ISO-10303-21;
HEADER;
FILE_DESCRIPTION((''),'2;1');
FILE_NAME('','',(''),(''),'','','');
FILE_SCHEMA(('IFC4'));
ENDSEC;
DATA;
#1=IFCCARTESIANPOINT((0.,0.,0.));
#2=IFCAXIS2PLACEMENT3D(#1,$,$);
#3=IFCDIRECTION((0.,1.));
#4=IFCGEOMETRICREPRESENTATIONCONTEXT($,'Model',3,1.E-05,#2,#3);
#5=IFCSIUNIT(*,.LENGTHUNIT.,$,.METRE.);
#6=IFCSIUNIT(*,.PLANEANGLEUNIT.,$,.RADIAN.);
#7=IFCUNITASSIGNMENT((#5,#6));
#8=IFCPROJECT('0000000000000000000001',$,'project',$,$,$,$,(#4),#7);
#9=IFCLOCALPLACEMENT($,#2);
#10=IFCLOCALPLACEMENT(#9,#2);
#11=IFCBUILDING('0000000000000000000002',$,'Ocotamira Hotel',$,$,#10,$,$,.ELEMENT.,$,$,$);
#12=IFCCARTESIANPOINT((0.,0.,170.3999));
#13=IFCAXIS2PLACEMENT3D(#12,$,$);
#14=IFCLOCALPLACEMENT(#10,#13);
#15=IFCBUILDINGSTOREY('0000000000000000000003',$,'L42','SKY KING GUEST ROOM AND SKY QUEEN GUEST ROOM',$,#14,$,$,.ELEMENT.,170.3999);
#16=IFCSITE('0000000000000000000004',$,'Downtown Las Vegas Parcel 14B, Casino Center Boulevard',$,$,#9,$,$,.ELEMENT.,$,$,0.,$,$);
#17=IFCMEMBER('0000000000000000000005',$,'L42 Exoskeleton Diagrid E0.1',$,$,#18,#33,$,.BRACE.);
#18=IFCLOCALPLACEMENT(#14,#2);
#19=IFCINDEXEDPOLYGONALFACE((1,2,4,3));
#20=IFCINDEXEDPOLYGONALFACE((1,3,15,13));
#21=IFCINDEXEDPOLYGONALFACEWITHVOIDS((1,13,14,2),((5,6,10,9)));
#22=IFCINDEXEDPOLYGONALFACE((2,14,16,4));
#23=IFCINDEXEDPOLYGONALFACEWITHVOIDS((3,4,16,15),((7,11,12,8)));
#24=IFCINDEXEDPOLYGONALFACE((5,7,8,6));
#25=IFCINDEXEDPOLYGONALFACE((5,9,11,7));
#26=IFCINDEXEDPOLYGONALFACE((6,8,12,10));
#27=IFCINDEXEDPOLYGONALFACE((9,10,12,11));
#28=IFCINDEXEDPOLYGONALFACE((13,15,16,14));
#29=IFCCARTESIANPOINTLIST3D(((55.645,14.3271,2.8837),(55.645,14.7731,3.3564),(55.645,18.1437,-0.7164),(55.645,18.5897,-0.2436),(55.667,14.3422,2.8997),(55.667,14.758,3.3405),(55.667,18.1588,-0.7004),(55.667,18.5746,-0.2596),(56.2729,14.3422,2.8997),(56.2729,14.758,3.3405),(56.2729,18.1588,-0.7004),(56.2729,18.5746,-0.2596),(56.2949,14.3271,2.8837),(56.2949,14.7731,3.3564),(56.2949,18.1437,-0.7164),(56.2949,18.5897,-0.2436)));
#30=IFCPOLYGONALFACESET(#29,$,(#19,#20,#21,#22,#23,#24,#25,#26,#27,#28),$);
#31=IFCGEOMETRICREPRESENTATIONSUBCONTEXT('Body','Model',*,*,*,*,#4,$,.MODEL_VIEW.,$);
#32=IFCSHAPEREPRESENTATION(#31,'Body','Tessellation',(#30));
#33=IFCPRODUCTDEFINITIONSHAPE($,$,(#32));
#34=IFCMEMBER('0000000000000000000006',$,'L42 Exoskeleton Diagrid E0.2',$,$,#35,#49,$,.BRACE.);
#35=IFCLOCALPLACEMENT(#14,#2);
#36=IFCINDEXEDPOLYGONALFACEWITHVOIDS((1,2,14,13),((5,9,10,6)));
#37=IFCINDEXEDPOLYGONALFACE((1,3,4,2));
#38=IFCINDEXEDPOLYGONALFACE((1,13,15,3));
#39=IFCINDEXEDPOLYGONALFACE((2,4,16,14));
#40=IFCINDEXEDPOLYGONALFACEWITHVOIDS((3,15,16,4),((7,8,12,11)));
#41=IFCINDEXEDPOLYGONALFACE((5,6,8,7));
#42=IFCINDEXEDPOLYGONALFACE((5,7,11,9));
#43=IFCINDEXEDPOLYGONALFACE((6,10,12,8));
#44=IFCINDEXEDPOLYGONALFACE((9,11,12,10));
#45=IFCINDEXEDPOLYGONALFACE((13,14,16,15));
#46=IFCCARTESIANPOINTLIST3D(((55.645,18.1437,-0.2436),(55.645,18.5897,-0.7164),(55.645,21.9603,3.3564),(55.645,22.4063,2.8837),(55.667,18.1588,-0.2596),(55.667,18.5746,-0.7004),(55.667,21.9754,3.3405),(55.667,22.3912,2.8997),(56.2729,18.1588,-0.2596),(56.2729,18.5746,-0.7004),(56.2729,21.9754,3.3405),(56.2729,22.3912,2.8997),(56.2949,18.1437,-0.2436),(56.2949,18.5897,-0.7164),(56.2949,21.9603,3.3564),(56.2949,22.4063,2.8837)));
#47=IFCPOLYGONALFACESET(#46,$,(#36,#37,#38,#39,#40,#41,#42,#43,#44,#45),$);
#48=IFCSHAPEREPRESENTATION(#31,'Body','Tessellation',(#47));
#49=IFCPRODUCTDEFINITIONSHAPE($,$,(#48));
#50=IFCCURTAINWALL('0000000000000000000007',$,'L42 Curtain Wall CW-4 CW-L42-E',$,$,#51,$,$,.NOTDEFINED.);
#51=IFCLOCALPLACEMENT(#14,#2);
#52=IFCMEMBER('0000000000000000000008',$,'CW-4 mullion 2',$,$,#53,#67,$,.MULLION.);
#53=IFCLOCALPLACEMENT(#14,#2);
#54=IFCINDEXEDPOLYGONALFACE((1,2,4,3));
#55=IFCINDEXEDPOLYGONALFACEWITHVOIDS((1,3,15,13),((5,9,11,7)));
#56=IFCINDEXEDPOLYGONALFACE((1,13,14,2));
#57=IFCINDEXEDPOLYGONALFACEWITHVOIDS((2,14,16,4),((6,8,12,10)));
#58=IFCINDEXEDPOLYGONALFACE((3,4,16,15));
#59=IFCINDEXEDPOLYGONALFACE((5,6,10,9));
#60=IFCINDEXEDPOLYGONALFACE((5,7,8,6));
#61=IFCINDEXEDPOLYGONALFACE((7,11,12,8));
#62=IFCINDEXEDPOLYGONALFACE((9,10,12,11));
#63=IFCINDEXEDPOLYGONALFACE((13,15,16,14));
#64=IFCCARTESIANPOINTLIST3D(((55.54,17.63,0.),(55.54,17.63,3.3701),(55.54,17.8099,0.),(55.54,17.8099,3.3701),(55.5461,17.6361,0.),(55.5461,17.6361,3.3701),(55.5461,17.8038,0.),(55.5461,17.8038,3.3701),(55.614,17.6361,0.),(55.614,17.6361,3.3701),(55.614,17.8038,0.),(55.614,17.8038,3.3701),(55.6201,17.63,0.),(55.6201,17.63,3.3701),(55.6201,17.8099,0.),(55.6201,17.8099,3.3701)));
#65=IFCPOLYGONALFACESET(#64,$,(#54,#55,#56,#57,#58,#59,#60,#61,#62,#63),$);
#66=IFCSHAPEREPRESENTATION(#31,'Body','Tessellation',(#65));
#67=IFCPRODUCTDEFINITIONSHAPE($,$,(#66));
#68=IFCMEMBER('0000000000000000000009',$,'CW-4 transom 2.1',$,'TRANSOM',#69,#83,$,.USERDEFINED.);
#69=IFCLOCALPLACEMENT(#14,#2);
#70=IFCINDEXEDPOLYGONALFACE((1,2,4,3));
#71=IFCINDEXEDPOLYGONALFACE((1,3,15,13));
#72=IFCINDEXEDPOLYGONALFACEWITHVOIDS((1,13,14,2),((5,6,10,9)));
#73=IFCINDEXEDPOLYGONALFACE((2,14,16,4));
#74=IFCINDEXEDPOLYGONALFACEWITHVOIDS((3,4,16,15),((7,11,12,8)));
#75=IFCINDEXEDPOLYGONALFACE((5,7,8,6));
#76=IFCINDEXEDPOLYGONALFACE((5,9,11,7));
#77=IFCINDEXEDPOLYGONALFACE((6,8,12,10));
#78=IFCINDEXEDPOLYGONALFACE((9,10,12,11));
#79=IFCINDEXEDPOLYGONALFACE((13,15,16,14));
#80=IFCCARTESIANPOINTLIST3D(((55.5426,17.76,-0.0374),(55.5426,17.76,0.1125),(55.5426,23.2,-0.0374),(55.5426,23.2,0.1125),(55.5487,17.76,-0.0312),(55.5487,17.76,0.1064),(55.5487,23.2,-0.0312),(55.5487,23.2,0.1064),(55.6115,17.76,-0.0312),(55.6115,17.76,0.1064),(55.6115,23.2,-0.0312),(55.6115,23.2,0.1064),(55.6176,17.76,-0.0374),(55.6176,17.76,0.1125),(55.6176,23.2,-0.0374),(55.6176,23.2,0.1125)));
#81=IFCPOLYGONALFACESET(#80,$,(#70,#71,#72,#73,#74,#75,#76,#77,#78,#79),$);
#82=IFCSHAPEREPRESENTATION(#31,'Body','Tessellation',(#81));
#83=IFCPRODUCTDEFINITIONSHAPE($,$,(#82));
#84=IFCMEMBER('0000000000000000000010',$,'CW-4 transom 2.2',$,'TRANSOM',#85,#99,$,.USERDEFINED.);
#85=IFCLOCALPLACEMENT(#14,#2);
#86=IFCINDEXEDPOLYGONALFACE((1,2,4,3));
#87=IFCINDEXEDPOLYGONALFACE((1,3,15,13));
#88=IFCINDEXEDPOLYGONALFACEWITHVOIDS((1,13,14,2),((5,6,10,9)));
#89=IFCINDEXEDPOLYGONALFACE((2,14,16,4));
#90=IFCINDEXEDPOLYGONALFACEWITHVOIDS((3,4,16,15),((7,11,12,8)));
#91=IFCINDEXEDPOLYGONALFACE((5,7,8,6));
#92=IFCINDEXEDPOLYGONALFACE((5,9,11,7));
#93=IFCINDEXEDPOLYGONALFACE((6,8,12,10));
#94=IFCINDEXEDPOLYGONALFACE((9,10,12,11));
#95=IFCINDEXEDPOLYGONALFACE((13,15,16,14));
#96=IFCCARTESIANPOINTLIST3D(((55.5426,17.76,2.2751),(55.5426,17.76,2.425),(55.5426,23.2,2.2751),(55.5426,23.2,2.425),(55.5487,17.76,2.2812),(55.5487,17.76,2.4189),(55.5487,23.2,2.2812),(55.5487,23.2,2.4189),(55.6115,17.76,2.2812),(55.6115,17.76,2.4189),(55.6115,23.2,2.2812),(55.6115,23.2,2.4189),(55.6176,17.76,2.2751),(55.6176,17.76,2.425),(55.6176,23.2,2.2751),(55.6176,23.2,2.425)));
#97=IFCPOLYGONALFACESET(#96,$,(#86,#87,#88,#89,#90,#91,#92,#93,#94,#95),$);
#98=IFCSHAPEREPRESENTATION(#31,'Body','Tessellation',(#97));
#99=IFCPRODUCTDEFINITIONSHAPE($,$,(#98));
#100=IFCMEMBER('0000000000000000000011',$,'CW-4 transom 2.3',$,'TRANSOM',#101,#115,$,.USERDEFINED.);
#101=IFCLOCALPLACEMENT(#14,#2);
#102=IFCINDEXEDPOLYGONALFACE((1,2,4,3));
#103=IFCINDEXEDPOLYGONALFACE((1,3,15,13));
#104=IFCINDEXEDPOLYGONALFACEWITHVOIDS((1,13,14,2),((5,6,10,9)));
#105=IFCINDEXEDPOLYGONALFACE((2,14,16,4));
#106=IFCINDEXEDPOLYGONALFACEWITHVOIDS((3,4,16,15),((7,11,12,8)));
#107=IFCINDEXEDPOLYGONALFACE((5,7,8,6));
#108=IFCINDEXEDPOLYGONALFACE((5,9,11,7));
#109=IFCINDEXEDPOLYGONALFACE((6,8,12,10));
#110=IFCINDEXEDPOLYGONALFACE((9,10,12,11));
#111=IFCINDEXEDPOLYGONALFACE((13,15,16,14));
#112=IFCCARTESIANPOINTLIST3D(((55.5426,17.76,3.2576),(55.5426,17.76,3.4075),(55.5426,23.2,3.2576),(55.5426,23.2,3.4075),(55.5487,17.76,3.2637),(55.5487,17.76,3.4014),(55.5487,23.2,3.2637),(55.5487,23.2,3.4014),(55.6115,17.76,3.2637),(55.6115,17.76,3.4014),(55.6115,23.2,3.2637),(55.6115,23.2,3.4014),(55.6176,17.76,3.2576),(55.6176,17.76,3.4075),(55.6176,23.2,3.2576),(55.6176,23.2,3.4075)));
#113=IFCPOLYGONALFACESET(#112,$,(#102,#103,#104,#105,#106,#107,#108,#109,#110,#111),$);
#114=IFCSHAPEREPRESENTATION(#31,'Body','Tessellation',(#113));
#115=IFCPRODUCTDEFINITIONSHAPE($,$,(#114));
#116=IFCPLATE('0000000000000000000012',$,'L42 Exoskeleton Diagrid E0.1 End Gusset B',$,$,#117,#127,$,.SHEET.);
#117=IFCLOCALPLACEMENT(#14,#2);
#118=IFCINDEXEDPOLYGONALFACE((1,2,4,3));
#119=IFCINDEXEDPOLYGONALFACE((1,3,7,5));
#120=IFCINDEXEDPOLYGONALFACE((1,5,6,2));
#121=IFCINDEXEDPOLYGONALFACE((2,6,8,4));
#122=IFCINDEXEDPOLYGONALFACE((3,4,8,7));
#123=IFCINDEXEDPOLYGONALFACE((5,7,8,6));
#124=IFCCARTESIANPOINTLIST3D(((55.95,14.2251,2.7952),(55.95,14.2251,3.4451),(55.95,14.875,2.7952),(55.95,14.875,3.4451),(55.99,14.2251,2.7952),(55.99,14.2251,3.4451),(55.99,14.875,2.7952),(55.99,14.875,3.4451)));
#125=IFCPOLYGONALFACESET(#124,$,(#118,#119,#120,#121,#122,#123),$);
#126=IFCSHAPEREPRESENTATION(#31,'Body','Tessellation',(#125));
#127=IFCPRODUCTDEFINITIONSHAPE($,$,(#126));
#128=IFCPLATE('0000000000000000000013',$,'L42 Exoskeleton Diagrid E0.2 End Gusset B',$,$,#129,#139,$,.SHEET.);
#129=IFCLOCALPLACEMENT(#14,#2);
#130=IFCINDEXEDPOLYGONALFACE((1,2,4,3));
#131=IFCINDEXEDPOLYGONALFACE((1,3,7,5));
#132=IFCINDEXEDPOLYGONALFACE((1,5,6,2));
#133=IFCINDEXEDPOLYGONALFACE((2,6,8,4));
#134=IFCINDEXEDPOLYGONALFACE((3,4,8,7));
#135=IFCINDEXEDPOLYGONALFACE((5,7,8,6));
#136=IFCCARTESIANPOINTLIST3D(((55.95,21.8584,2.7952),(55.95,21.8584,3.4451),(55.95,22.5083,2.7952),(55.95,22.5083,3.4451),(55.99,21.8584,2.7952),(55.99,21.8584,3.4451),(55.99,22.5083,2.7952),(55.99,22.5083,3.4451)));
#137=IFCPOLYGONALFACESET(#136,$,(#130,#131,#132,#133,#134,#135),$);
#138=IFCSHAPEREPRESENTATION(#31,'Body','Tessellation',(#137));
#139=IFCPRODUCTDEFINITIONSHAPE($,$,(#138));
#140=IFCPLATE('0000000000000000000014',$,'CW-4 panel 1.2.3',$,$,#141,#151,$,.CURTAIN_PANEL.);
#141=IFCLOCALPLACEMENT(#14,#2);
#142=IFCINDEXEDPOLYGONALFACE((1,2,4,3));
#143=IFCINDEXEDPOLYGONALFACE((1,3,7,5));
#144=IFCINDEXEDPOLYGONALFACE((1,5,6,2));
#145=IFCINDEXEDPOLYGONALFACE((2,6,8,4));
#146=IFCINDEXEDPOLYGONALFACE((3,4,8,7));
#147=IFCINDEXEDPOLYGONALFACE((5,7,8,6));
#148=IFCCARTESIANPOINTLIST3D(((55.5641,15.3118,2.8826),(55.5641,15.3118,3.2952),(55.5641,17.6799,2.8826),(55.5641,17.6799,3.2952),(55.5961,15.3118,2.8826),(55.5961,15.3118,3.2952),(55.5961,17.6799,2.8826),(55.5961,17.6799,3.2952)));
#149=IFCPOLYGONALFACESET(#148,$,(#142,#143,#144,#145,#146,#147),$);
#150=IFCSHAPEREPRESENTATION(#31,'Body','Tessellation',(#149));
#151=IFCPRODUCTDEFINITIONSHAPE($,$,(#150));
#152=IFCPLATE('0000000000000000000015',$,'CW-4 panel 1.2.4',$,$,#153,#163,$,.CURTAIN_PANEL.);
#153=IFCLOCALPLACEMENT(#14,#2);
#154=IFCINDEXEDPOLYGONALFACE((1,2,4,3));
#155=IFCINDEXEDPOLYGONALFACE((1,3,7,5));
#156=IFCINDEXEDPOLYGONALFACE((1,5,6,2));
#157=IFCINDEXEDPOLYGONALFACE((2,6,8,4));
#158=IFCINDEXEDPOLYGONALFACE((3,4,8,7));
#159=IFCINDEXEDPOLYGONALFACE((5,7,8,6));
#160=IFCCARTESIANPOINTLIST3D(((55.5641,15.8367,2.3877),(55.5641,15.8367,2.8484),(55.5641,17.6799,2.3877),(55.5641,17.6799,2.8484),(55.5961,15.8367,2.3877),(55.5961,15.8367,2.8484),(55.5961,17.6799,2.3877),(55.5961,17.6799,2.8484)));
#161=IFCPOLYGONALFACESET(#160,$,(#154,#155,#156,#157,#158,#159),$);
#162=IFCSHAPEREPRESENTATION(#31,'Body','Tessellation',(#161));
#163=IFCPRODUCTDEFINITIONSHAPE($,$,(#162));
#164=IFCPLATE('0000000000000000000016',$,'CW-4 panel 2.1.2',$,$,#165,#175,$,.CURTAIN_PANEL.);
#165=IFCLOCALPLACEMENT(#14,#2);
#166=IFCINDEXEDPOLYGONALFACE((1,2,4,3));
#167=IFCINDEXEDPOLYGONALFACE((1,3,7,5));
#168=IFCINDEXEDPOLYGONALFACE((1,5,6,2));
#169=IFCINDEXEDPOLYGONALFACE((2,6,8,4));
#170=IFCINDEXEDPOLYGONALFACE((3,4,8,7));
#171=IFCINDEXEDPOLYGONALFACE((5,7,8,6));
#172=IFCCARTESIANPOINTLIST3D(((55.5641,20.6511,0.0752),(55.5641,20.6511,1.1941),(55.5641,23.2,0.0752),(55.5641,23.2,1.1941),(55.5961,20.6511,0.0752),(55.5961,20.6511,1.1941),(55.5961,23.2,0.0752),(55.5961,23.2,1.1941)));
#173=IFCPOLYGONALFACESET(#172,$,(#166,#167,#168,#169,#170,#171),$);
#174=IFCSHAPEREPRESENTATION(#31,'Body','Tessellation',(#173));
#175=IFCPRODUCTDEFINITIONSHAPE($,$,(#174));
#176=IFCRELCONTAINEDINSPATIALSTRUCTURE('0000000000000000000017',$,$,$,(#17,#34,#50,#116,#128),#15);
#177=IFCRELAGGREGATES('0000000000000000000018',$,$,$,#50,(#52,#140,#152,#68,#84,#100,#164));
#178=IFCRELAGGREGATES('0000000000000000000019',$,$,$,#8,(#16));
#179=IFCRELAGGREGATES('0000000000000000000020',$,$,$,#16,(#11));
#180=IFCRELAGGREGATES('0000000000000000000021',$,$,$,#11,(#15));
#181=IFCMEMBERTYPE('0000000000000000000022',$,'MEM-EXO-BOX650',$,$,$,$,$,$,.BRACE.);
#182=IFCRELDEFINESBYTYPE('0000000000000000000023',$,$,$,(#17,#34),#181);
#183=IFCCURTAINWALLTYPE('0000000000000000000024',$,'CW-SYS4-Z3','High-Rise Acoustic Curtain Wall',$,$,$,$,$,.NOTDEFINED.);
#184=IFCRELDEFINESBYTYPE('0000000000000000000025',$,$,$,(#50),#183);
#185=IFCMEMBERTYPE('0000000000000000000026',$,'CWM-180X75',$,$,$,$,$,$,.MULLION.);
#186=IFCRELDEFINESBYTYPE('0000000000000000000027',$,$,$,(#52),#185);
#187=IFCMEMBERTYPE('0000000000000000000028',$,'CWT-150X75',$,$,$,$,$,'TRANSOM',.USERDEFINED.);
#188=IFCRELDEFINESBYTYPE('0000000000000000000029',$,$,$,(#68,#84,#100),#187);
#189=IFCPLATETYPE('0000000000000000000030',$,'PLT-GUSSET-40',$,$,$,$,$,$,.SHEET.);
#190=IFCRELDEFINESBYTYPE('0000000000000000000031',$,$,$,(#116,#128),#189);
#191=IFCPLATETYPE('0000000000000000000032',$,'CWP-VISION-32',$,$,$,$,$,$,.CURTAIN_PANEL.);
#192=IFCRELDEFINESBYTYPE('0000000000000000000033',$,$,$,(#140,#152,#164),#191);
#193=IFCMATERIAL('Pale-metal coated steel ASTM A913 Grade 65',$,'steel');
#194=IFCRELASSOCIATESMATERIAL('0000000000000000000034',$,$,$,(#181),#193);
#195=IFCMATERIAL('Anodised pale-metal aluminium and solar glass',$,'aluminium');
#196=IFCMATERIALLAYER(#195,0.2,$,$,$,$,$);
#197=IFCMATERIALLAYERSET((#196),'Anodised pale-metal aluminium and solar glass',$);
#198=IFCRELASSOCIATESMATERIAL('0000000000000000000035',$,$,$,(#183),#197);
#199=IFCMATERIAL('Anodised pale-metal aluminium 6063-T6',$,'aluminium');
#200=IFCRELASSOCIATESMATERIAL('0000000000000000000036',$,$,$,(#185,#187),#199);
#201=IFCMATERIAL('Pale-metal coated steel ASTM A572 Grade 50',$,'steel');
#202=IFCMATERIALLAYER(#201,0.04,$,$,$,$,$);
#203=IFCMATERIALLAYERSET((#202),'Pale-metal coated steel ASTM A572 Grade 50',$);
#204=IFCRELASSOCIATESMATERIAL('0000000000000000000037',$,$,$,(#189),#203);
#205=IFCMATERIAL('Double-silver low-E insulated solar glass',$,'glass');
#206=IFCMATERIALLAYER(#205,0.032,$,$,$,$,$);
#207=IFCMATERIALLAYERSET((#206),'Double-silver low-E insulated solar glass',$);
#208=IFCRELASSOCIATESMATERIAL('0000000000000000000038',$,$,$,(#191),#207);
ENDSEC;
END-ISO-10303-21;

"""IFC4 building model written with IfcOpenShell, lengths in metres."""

from ifc_helpers import new_model, si_unit, direction, frame, origin, origin_2d, place, context, subcontext, project, spatial, rectangle, hollow_rectangle, extrude, source, transform, mapped, material, layer, layer_set, material_profile, profile_set, type_object, element, aggregate, save


model = new_model("IFC4")

# Units and contexts
model_context = context("Model", 3, precision=1e-05, world=origin(), true_north=direction((0.0, 1.0)))
body_context = subcontext(model_context, "Body", "Model", "MODEL_VIEW")
ifc_project = project(units=[si_unit("LENGTHUNIT", "METRE"), si_unit("PLANEANGLEUNIT", "RADIAN")], contexts=[model_context])

# Site, building, storey
site_placement = place(None, origin())
site = spatial("IfcSite", under=ifc_project, at=site_placement, Name="Downtown Las Vegas Parcel 14B, Casino Center Boulevard", CompositionType="ELEMENT", RefElevation=0.0)
building_placement = place(site_placement, origin())
building = spatial("IfcBuilding", under=site, at=building_placement, Name="Ocotamira Hotel", CompositionType="ELEMENT")
storey_placement = place(building_placement, frame((0.0, 0.0, 170.3999)))
storey = spatial("IfcBuildingStorey", under=building, at=storey_placement, Name="L42", Description="SKY KING GUEST ROOM AND SKY QUEEN GUEST ROOM", CompositionType="ELEMENT", Elevation=170.3999)

# Members
ifc_material_1 = material(Name="Pale-metal coated steel ASTM A913 Grade 65", Category="steel")
ifc_material_profile_1 = material_profile(ifc_material_1, hollow_rectangle(XDim=0.6499, YDim=0.6499, WallThickness=0.022, at=origin_2d()), Name="BOX650X650X22")
ifc_profile_set_1 = profile_set([ifc_material_profile_1], Name="Pale-metal coated steel ASTM A913 Grade 65")
member_type_1 = type_object("IfcMemberType", Name="MEM-EXO-BOX650", PredefinedType="BRACE", material=ifc_profile_set_1)
shared_shape_1 = source(origin(), body_context, "Body", "SweptSolid", [
    extrude(hollow_rectangle(XDim=0.6499, YDim=0.6499, WallThickness=0.022, at=origin_2d()), origin(), (0.0, 0.0, 1.0), 5.2466),
])
for number, where, z_axis, x_axis, name in (
    (1, (55.97, 18.3667, -0.48), (0.0, -0.727443, 0.686168), (1.0, 0.0, 0.0), "L42 Exoskeleton Diagrid E0.1"),
    (2, (55.97, 18.3667, -0.48), (0.0, 0.727443, 0.686168), (-1.0, 0.0, 0.0), "L42 Exoskeleton Diagrid E0.2"),
):
    element("IfcMember", number, at=place(storey_placement, frame(where, z_axis=z_axis, x_axis=x_axis)), inside=storey, type_object=member_type_1, Name=name, PredefinedType="BRACE", context=body_context, shape_type="MappedRepresentation", body=[
        mapped(shared_shape_1, transform((0.0, 0.0, 0.0), scale=1.0)),
    ])

# Curtain wall, members
ifc_material_2 = material(Name="Anodised pale-metal aluminium and solar glass", Category="aluminium")
ifc_layer_1 = layer(ifc_material_2, 0.2)
ifc_layer_set_1 = layer_set([ifc_layer_1], Name="Anodised pale-metal aluminium and solar glass")
curtain_wall_type = type_object("IfcCurtainWallType", Name="CW-SYS4-Z3", Description="High-Rise Acoustic Curtain Wall", PredefinedType="NOTDEFINED", material=ifc_layer_set_1)
curtain_wall_placement = place(storey_placement, origin())
curtain_wall = element("IfcCurtainWall", 3, at=curtain_wall_placement, inside=storey, type_object=curtain_wall_type, Name="L42 Curtain Wall CW-4 CW-L42-E", PredefinedType="NOTDEFINED")
ifc_material_3 = material(Name="Anodised pale-metal aluminium 6063-T6", Category="aluminium")
ifc_material_profile_2 = material_profile(ifc_material_3, hollow_rectangle(XDim=0.0801, YDim=0.1799, WallThickness=0.0061, at=origin_2d()), Name="HSS180X80X6")
ifc_profile_set_2 = profile_set([ifc_material_profile_2], Name="Anodised pale-metal aluminium 6063-T6")
member_type_2 = type_object("IfcMemberType", Name="CWM-180X75", PredefinedType="MULLION", material=ifc_profile_set_2)
shared_shape_2 = source(origin(), body_context, "Body", "SweptSolid", [
    extrude(hollow_rectangle(XDim=0.0801, YDim=0.1799, WallThickness=0.0061, at=origin_2d()), origin(), (0.0, 0.0, 1.0), 3.3701),
])
member_1_placement = place(storey_placement, frame((55.5801, 17.72, 0.0), z_axis=(0.0, 0.0, 1.0), x_axis=(-1.0, 0.0, 0.0)))
member_1 = element("IfcMember", 4, at=member_1_placement, type_object=member_type_2, Name="CW-4 mullion 2", PredefinedType="MULLION", context=body_context, shape_type="MappedRepresentation", body=[
    mapped(shared_shape_2, transform((0.0, 0.0, 0.0), scale=1.0)),
])
ifc_material_profile_3 = material_profile(ifc_material_3, hollow_rectangle(XDim=0.075, YDim=0.1499, WallThickness=0.0061, at=origin_2d()), Name="HSS150X75X6")
ifc_profile_set_3 = profile_set([ifc_material_profile_3], Name="Anodised pale-metal aluminium 6063-T6")
member_type_3 = type_object("IfcMemberType", Name="CWT-150X75", ElementType="TRANSOM", PredefinedType="USERDEFINED", material=ifc_profile_set_3)
shared_shape_3 = source(origin(), body_context, "Body", "SweptSolid", [
    extrude(hollow_rectangle(XDim=0.075, YDim=0.1499, WallThickness=0.0061, at=origin_2d()), origin(), (0.0, 0.0, 1.0), 5.4399),
])
member_2_placement = place(storey_placement, frame((55.5801, 17.76, 0.0376), z_axis=(0.0, 1.0, 0.0), x_axis=(-1.0, 0.0, 0.0)))
member_2 = element("IfcMember", 5, at=member_2_placement, type_object=member_type_3, Name="CW-4 transom 2.1", ObjectType="TRANSOM", PredefinedType="USERDEFINED", context=body_context, shape_type="MappedRepresentation", body=[
    mapped(shared_shape_3, transform((0.0, 0.0, 0.0), scale=1.0)),
])
member_3_placement = place(storey_placement, frame((55.5801, 17.76, 2.3501), z_axis=(0.0, 1.0, 0.0), x_axis=(-1.0, 0.0, 0.0)))
member_3 = element("IfcMember", 6, at=member_3_placement, type_object=member_type_3, Name="CW-4 transom 2.2", ObjectType="TRANSOM", PredefinedType="USERDEFINED", context=body_context, shape_type="MappedRepresentation", body=[
    mapped(shared_shape_3, transform((0.0, 0.0, 0.0), scale=1.0)),
])
member_4_placement = place(storey_placement, frame((55.5801, 17.76, 3.3325), z_axis=(0.0, 1.0, 0.0), x_axis=(-1.0, 0.0, 0.0)))
member_4 = element("IfcMember", 7, at=member_4_placement, type_object=member_type_3, Name="CW-4 transom 2.3", ObjectType="TRANSOM", PredefinedType="USERDEFINED", context=body_context, shape_type="MappedRepresentation", body=[
    mapped(shared_shape_3, transform((0.0, 0.0, 0.0), scale=1.0)),
])

# Plates
ifc_material_4 = material(Name="Pale-metal coated steel ASTM A572 Grade 50", Category="steel")
ifc_layer_2 = layer(ifc_material_4, 0.04)
ifc_layer_set_2 = layer_set([ifc_layer_2], Name="Pale-metal coated steel ASTM A572 Grade 50")
plate_type_1 = type_object("IfcPlateType", Name="PLT-GUSSET-40", PredefinedType="SHEET", material=ifc_layer_set_2)
shared_shape_4 = source(origin(), body_context, "Body", "SweptSolid", [
    extrude(rectangle(XDim=0.04, YDim=0.6499, at=origin_2d()), origin(), (0.0, 0.0, 1.0), 0.6499),
])
for number, where, z_axis, x_axis, name in (
    (8, (55.97, 14.55, 2.7952), (0.0, 0.0, 1.0), (1.0, 0.0, 0.0), "L42 Exoskeleton Diagrid E0.1 End Gusset B"),
    (9, (55.97, 22.1833, 2.7952), (0.0, 0.0, 1.0), (1.0, 0.0, 0.0), "L42 Exoskeleton Diagrid E0.2 End Gusset B"),
):
    element("IfcPlate", number, at=place(storey_placement, frame(where, z_axis=z_axis, x_axis=x_axis)), inside=storey, type_object=plate_type_1, Name=name, PredefinedType="SHEET", context=body_context, shape_type="MappedRepresentation", body=[
        mapped(shared_shape_4, transform((0.0, 0.0, 0.0), scale=1.0)),
    ])

# Plates
ifc_material_5 = material(Name="Double-silver low-E insulated solar glass", Category="glass")
ifc_layer_3 = layer(ifc_material_5, 0.032)
ifc_layer_set_3 = layer_set([ifc_layer_3], Name="Double-silver low-E insulated solar glass")
plate_type_2 = type_object("IfcPlateType", Name="CWP-VISION-32", PredefinedType="CURTAIN_PANEL", material=ifc_layer_set_3)
shared_shape_5 = source(origin(), body_context, "Body", "SweptSolid", [
    extrude(rectangle(XDim=2.3682, YDim=0.032, at=origin_2d()), origin(), (0.0, 0.0, 1.0), 0.4126),
])
plate_1_placement = place(storey_placement, frame((55.5801, 16.4958, 2.8826), z_axis=(0.0, 0.0, 1.0), x_axis=(0.0, 1.0, 0.0)))
plate_1 = element("IfcPlate", 10, at=plate_1_placement, type_object=plate_type_2, Name="CW-4 panel 1.2.3", PredefinedType="CURTAIN_PANEL", context=body_context, shape_type="MappedRepresentation", body=[
    mapped(shared_shape_5, transform((0.0, 0.0, 0.0), scale=1.0)),
])
shared_shape_6 = source(origin(), body_context, "Body", "SweptSolid", [
    extrude(rectangle(XDim=1.8433, YDim=0.032, at=origin_2d()), origin(), (0.0, 0.0, 1.0), 0.4607),
])
plate_2_placement = place(storey_placement, frame((55.5801, 16.7583, 2.3877), z_axis=(0.0, 0.0, 1.0), x_axis=(0.0, 1.0, 0.0)))
plate_2 = element("IfcPlate", 11, at=plate_2_placement, type_object=plate_type_2, Name="CW-4 panel 1.2.4", PredefinedType="CURTAIN_PANEL", context=body_context, shape_type="MappedRepresentation", body=[
    mapped(shared_shape_6, transform((0.0, 0.0, 0.0), scale=1.0)),
])
shared_shape_7 = source(origin(), body_context, "Body", "SweptSolid", [
    extrude(rectangle(XDim=2.5488, YDim=0.032, at=origin_2d()), origin(), (0.0, 0.0, 1.0), 1.1189),
])
plate_3_placement = place(storey_placement, frame((55.5801, 21.9255, 0.0752), z_axis=(0.0, 0.0, 1.0), x_axis=(0.0, 1.0, 0.0)))
plate_3 = element("IfcPlate", 12, at=plate_3_placement, type_object=plate_type_2, Name="CW-4 panel 2.1.2", PredefinedType="CURTAIN_PANEL", context=body_context, shape_type="MappedRepresentation", body=[
    mapped(shared_shape_7, transform((0.0, 0.0, 0.0), scale=1.0)),
])
aggregate(curtain_wall, [member_1, plate_1, plate_2, member_2, member_3, member_4, plate_3])

save(model, "model.ifc")
